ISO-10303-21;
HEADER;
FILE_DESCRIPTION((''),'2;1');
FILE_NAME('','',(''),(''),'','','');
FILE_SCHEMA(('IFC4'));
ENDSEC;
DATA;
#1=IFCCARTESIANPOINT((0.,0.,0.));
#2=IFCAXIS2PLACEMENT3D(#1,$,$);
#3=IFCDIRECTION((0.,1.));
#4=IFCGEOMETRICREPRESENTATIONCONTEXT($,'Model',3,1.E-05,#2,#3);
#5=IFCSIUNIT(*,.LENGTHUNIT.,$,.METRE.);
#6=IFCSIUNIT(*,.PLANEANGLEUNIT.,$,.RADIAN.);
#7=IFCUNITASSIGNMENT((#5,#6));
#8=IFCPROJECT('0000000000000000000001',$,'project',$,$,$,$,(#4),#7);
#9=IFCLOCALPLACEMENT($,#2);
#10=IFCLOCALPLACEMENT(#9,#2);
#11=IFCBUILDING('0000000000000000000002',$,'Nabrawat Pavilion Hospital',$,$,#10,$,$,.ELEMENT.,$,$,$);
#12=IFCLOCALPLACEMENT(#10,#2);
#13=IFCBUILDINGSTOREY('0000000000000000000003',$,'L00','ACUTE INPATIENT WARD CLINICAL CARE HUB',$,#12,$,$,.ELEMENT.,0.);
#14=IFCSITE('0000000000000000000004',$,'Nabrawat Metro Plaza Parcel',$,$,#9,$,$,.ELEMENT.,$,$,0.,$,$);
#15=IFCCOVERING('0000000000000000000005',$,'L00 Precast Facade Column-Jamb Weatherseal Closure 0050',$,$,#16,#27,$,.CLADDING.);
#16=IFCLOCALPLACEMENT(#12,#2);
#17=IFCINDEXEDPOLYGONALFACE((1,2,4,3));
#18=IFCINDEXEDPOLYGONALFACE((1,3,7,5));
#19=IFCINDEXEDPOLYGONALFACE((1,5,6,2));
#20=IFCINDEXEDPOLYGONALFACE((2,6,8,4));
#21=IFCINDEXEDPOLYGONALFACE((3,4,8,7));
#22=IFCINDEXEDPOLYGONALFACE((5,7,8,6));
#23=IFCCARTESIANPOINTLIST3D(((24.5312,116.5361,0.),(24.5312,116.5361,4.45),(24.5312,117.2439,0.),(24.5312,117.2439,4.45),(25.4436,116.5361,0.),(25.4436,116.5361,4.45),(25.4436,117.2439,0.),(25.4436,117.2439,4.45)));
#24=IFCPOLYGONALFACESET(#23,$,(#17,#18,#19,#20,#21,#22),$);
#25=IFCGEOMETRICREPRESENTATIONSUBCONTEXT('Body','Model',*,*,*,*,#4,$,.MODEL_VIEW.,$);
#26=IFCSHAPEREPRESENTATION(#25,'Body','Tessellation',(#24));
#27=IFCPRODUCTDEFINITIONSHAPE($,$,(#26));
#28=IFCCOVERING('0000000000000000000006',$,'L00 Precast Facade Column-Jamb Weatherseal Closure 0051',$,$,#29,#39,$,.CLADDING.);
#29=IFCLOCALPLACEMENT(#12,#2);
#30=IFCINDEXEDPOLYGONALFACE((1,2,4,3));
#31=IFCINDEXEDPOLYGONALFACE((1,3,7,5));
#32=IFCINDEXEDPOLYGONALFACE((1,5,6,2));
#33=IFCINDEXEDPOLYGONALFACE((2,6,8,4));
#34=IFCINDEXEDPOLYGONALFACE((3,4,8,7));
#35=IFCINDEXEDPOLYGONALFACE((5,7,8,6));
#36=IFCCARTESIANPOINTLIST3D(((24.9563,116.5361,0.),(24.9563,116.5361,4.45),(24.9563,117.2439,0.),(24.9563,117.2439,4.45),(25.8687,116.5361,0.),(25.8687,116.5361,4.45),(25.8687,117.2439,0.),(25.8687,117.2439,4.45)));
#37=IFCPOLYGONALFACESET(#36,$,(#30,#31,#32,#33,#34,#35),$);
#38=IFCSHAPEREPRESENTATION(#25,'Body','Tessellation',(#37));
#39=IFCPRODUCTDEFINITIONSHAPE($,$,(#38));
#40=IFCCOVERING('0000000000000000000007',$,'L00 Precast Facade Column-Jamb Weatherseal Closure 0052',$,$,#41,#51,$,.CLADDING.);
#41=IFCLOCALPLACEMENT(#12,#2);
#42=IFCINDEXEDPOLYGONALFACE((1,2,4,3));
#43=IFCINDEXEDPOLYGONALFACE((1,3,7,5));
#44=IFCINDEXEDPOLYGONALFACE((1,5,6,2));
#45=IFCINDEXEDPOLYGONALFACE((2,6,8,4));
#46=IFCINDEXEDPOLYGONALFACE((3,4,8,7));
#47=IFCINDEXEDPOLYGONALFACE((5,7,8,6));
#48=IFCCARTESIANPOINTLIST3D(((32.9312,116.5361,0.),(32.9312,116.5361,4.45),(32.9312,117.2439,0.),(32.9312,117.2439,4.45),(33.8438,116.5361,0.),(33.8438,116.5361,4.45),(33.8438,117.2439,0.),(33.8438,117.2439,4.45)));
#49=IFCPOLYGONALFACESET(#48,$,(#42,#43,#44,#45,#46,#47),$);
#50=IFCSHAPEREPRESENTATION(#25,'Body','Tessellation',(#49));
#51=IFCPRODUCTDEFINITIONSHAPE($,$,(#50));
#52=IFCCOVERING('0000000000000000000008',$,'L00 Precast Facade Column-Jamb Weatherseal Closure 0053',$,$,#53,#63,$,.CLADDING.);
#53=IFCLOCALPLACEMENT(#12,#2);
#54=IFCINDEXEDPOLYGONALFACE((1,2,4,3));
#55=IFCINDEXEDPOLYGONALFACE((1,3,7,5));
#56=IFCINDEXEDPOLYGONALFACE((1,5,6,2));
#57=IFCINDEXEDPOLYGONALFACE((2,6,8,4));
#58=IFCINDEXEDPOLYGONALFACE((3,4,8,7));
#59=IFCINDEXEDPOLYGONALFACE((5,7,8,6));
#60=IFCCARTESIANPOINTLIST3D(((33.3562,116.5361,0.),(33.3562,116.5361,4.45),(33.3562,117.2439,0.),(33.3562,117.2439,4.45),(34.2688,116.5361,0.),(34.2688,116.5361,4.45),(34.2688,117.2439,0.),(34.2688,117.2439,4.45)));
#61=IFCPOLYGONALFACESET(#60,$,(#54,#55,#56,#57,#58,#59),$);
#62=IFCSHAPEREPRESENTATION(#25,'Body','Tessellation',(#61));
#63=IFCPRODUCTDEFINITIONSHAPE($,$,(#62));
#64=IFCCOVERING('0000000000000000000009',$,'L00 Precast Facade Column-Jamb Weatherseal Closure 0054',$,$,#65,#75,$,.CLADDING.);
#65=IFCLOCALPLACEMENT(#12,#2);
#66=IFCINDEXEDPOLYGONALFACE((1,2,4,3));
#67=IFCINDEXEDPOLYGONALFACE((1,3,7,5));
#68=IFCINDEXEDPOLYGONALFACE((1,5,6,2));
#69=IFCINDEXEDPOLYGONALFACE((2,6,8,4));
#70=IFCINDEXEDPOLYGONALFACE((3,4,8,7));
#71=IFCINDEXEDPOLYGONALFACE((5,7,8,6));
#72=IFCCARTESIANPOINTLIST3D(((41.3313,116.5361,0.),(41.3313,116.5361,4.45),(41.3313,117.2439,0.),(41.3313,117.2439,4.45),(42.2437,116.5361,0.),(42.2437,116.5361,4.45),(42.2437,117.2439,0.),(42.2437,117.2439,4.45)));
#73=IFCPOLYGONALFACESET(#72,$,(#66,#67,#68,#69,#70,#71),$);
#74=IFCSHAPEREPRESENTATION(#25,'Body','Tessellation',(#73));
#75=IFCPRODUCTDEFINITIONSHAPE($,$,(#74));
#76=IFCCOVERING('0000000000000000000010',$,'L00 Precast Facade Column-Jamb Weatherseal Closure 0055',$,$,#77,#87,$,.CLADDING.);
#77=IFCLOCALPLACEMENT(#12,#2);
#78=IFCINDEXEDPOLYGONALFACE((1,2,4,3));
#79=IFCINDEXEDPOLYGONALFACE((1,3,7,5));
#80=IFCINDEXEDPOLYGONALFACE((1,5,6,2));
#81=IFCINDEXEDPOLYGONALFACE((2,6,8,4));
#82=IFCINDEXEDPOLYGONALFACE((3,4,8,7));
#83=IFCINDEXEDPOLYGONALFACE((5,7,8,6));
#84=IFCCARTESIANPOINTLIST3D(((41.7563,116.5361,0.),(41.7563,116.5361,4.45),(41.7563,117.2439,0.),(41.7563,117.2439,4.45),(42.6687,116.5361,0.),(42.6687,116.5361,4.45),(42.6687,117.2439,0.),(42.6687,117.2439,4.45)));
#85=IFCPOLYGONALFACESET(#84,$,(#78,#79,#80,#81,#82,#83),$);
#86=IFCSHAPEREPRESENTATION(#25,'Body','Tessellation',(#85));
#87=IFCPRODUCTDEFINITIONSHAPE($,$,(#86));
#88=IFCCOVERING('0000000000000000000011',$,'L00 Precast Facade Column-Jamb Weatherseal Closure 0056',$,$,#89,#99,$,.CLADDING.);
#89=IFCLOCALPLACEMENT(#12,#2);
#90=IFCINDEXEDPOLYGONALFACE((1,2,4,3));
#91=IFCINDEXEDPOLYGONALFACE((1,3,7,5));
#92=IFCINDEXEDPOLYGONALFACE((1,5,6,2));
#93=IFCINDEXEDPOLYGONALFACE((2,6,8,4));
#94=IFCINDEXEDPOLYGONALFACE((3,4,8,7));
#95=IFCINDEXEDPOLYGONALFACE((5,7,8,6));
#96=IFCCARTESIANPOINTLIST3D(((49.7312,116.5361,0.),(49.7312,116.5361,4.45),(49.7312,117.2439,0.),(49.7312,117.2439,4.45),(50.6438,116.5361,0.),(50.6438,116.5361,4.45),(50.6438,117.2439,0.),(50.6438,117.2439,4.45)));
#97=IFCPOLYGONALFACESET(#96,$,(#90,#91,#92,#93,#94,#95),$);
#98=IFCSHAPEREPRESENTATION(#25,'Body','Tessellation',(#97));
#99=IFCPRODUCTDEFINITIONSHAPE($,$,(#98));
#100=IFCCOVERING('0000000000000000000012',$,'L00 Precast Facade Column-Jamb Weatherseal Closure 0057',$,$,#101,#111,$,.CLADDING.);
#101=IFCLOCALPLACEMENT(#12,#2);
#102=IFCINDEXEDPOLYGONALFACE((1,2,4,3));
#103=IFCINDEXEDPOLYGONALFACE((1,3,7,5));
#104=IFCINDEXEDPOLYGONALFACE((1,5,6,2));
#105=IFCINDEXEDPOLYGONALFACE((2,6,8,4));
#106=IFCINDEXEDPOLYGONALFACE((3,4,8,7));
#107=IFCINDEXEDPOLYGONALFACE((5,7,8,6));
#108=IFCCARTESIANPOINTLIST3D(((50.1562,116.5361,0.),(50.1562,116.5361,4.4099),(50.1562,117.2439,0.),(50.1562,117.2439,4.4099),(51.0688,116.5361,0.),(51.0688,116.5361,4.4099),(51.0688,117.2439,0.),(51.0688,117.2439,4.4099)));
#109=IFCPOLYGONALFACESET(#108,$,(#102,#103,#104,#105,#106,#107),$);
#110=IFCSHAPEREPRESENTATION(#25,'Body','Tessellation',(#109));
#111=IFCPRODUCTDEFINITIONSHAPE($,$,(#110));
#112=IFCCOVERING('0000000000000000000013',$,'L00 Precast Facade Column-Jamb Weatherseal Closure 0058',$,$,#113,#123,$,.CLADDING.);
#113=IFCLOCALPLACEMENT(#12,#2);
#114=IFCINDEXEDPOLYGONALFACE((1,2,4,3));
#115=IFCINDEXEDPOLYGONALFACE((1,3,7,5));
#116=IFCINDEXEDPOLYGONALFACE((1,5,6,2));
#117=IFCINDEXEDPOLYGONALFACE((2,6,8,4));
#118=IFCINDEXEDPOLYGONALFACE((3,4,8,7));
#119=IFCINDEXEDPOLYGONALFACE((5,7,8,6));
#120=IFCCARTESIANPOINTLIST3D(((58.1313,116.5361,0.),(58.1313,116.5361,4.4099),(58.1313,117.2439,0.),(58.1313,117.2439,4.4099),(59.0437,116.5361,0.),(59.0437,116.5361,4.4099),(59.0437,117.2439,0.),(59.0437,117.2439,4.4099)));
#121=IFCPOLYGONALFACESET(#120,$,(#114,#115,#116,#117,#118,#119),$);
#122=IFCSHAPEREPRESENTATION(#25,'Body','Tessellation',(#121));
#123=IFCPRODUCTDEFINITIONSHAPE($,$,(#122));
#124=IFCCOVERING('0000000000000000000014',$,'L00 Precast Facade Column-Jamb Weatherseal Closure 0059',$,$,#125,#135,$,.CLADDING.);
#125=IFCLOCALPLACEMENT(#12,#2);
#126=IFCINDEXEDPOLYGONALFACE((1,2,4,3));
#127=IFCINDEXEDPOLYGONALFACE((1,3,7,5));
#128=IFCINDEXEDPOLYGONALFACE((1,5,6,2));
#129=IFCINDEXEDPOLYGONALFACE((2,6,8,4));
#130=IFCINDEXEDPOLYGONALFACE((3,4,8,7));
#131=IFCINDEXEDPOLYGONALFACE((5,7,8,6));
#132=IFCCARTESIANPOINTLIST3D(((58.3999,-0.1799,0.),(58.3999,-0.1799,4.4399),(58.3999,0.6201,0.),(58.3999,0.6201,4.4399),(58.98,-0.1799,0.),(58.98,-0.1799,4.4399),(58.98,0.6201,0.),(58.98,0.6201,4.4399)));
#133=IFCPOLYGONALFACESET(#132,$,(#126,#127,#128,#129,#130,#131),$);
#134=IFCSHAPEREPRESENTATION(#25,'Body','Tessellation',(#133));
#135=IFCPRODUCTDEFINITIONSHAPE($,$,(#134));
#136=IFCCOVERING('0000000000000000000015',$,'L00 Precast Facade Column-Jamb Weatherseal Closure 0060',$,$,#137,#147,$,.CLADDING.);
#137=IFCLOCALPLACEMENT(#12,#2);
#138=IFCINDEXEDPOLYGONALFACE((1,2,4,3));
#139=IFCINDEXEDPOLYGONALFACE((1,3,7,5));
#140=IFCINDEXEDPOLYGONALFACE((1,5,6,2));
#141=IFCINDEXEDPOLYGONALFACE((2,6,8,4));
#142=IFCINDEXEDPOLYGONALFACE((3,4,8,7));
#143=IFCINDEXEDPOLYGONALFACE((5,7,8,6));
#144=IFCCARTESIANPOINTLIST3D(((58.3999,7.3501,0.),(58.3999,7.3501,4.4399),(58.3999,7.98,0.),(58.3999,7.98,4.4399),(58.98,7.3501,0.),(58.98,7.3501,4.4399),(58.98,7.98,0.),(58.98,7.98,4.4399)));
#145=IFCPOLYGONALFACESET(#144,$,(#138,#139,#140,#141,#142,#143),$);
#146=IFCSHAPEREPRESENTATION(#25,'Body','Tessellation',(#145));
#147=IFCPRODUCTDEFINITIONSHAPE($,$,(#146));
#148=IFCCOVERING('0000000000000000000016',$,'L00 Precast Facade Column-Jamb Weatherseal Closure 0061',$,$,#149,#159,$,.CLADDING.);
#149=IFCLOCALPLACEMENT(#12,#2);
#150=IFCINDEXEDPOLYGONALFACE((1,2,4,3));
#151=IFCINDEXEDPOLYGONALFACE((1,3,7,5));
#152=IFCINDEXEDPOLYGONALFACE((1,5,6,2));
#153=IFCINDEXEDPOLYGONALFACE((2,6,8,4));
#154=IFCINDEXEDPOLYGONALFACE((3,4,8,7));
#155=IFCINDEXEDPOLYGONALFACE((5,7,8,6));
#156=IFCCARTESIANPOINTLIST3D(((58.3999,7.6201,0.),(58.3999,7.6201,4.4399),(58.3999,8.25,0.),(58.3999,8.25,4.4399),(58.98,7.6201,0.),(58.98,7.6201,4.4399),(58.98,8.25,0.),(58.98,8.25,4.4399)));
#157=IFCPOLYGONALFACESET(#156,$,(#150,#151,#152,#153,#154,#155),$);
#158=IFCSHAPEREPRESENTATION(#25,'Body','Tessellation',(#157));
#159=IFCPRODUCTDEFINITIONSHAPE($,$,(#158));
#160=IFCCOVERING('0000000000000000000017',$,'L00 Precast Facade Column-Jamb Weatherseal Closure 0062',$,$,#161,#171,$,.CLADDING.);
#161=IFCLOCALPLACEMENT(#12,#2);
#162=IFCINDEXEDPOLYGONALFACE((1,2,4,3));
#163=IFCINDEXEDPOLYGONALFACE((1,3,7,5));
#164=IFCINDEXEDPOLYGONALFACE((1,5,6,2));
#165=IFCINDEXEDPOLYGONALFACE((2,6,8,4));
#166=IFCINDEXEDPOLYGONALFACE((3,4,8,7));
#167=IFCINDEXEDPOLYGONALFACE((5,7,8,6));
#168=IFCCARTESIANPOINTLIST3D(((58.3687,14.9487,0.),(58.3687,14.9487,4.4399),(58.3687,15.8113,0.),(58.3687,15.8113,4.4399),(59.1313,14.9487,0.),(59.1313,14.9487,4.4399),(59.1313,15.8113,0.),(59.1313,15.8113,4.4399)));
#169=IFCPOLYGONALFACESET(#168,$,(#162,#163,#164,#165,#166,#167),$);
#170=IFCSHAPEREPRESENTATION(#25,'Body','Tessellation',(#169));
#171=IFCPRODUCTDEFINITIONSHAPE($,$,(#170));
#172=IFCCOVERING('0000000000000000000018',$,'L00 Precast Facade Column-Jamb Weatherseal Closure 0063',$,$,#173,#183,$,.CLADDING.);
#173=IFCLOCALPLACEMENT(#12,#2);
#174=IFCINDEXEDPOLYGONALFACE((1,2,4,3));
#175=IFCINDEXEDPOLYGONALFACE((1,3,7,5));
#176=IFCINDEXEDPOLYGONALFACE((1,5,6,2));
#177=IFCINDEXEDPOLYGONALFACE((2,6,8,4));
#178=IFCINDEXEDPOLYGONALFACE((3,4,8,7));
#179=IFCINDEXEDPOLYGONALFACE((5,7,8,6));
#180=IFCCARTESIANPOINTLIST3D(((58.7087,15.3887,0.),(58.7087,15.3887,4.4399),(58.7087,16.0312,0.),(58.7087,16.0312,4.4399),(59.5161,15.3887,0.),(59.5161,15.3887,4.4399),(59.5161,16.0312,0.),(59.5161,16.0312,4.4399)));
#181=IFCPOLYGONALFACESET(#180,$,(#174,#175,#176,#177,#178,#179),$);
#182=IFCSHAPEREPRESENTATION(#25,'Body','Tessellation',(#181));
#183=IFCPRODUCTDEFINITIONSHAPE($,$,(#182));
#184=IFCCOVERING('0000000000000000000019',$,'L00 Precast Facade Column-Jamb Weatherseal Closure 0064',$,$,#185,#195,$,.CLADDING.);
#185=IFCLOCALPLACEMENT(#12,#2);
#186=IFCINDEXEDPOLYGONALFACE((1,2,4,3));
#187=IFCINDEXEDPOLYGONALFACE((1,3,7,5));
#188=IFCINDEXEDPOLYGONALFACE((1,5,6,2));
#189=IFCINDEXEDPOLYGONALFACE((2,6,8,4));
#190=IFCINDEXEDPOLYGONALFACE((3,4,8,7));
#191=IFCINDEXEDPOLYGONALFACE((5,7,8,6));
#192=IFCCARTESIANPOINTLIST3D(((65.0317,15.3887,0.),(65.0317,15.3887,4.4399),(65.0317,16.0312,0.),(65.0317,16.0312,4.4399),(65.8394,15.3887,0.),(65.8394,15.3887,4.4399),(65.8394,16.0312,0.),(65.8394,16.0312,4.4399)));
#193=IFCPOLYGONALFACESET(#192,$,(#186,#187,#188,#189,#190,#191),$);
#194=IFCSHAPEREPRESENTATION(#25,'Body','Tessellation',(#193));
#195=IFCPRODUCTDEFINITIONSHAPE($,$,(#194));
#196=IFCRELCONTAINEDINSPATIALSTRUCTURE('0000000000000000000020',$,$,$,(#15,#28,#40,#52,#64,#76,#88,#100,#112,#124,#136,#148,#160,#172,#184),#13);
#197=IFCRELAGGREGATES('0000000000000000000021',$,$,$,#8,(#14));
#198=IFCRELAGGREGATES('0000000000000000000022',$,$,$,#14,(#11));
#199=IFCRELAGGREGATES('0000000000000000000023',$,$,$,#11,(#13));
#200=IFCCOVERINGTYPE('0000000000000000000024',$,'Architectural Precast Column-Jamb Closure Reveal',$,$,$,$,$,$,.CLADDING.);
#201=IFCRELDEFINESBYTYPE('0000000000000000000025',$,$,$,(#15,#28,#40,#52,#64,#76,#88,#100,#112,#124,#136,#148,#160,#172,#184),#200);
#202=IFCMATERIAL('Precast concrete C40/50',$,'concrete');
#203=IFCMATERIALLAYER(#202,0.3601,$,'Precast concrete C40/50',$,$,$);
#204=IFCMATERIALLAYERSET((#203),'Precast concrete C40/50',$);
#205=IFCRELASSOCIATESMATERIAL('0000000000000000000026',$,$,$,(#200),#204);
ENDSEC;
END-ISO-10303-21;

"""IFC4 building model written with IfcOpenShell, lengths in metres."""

from ifc_helpers import new_model, si_unit, direction, origin, place, context, subcontext, project, spatial, polyline, outline, extrude, material, layer, layer_set, type_object, element, save


model = new_model("IFC4")

# Units and contexts
model_context = context("Model", 3, precision=1e-05, world=origin(), true_north=direction((0.0, 1.0)))
body_context = subcontext(model_context, "Body", "Model", "MODEL_VIEW")
ifc_project = project(units=[si_unit("LENGTHUNIT", "METRE"), si_unit("PLANEANGLEUNIT", "RADIAN")], contexts=[model_context])

# Site, building, storey
site_placement = place(None, origin())
site = spatial("IfcSite", under=ifc_project, at=site_placement, Name="Nabrawat Metro Plaza Parcel", CompositionType="ELEMENT", RefElevation=0.0)
building_placement = place(site_placement, origin())
building = spatial("IfcBuilding", under=site, at=building_placement, Name="Nabrawat Pavilion Hospital", CompositionType="ELEMENT")
storey_placement = place(building_placement, origin())
storey = spatial("IfcBuildingStorey", under=building, at=storey_placement, Name="L00", Description="ACUTE INPATIENT WARD CLINICAL CARE HUB", CompositionType="ELEMENT", Elevation=0.0)

# Coverings
ifc_material = material(Name="Precast concrete C40/50", Category="concrete")
ifc_layer = layer(ifc_material, 0.3601, Name="Precast concrete C40/50")
ifc_layer_set = layer_set([ifc_layer], Name="Precast concrete C40/50")
covering_type = type_object("IfcCoveringType", Name="Architectural Precast Column-Jamb Closure Reveal", PredefinedType="CLADDING", material=ifc_layer_set)
covering_1_placement = place(storey_placement, origin())
element("IfcCovering", 1, at=covering_1_placement, inside=storey, type_object=covering_type, Name="L00 Precast Facade Column-Jamb Weatherseal Closure 0050", PredefinedType="CLADDING", context=body_context, shape_type="SweptSolid", body=[
    extrude(outline(polyline([(25.4436, 116.5361), (25.4436, 117.2439), (24.5312, 117.2439), (24.5312, 116.5361), (25.4436, 116.5361)])), origin(), (0.0, 0.0, 1.0), 4.45),
])
covering_2_placement = place(storey_placement, origin())
element("IfcCovering", 2, at=covering_2_placement, inside=storey, type_object=covering_type, Name="L00 Precast Facade Column-Jamb Weatherseal Closure 0051", PredefinedType="CLADDING", context=body_context, shape_type="SweptSolid", body=[
    extrude(outline(polyline([(25.8687, 116.5361), (25.8687, 117.2439), (24.9563, 117.2439), (24.9563, 116.5361), (25.8687, 116.5361)])), origin(), (0.0, 0.0, 1.0), 4.45),
])
covering_3_placement = place(storey_placement, origin())
element("IfcCovering", 3, at=covering_3_placement, inside=storey, type_object=covering_type, Name="L00 Precast Facade Column-Jamb Weatherseal Closure 0052", PredefinedType="CLADDING", context=body_context, shape_type="SweptSolid", body=[
    extrude(outline(polyline([(33.8438, 116.5361), (33.8438, 117.2439), (32.9312, 117.2439), (32.9312, 116.5361), (33.8438, 116.5361)])), origin(), (0.0, 0.0, 1.0), 4.45),
])
covering_4_placement = place(storey_placement, origin())
element("IfcCovering", 4, at=covering_4_placement, inside=storey, type_object=covering_type, Name="L00 Precast Facade Column-Jamb Weatherseal Closure 0053", PredefinedType="CLADDING", context=body_context, shape_type="SweptSolid", body=[
    extrude(outline(polyline([(34.2688, 116.5361), (34.2688, 117.2439), (33.3562, 117.2439), (33.3562, 116.5361), (34.2688, 116.5361)])), origin(), (0.0, 0.0, 1.0), 4.45),
])
covering_5_placement = place(storey_placement, origin())
element("IfcCovering", 5, at=covering_5_placement, inside=storey, type_object=covering_type, Name="L00 Precast Facade Column-Jamb Weatherseal Closure 0054", PredefinedType="CLADDING", context=body_context, shape_type="SweptSolid", body=[
    extrude(outline(polyline([(42.2437, 116.5361), (42.2437, 117.2439), (41.3313, 117.2439), (41.3313, 116.5361), (42.2437, 116.5361)])), origin(), (0.0, 0.0, 1.0), 4.45),
])
covering_6_placement = place(storey_placement, origin())
element("IfcCovering", 6, at=covering_6_placement, inside=storey, type_object=covering_type, Name="L00 Precast Facade Column-Jamb Weatherseal Closure 0055", PredefinedType="CLADDING", context=body_context, shape_type="SweptSolid", body=[
    extrude(outline(polyline([(42.6687, 116.5361), (42.6687, 117.2439), (41.7563, 117.2439), (41.7563, 116.5361), (42.6687, 116.5361)])), origin(), (0.0, 0.0, 1.0), 4.45),
])
covering_7_placement = place(storey_placement, origin())
element("IfcCovering", 7, at=covering_7_placement, inside=storey, type_object=covering_type, Name="L00 Precast Facade Column-Jamb Weatherseal Closure 0056", PredefinedType="CLADDING", context=body_context, shape_type="SweptSolid", body=[
    extrude(outline(polyline([(50.6438, 116.5361), (50.6438, 117.2439), (49.7312, 117.2439), (49.7312, 116.5361), (50.6438, 116.5361)])), origin(), (0.0, 0.0, 1.0), 4.45),
])
covering_8_placement = place(storey_placement, origin())
element("IfcCovering", 8, at=covering_8_placement, inside=storey, type_object=covering_type, Name="L00 Precast Facade Column-Jamb Weatherseal Closure 0057", PredefinedType="CLADDING", context=body_context, shape_type="SweptSolid", body=[
    extrude(outline(polyline([(51.0688, 116.5361), (51.0688, 117.2439), (50.1562, 117.2439), (50.1562, 116.5361), (51.0688, 116.5361)])), origin(), (0.0, 0.0, 1.0), 4.4099),
])
covering_9_placement = place(storey_placement, origin())
element("IfcCovering", 9, at=covering_9_placement, inside=storey, type_object=covering_type, Name="L00 Precast Facade Column-Jamb Weatherseal Closure 0058", PredefinedType="CLADDING", context=body_context, shape_type="SweptSolid", body=[
    extrude(outline(polyline([(59.0437, 116.5361), (59.0437, 117.2439), (58.1313, 117.2439), (58.1313, 116.5361), (59.0437, 116.5361)])), origin(), (0.0, 0.0, 1.0), 4.4099),
])
covering_10_placement = place(storey_placement, origin())
element("IfcCovering", 10, at=covering_10_placement, inside=storey, type_object=covering_type, Name="L00 Precast Facade Column-Jamb Weatherseal Closure 0059", PredefinedType="CLADDING", context=body_context, shape_type="SweptSolid", body=[
    extrude(outline(polyline([(58.98, -0.1799), (58.98, 0.6201), (58.3999, 0.6201), (58.3999, -0.1799), (58.98, -0.1799)])), origin(), (0.0, 0.0, 1.0), 4.4399),
])
covering_11_placement = place(storey_placement, origin())
element("IfcCovering", 11, at=covering_11_placement, inside=storey, type_object=covering_type, Name="L00 Precast Facade Column-Jamb Weatherseal Closure 0060", PredefinedType="CLADDING", context=body_context, shape_type="SweptSolid", body=[
    extrude(outline(polyline([(58.98, 7.3501), (58.98, 7.98), (58.3999, 7.98), (58.3999, 7.3501), (58.98, 7.3501)])), origin(), (0.0, 0.0, 1.0), 4.4399),
])
covering_12_placement = place(storey_placement, origin())
element("IfcCovering", 12, at=covering_12_placement, inside=storey, type_object=covering_type, Name="L00 Precast Facade Column-Jamb Weatherseal Closure 0061", PredefinedType="CLADDING", context=body_context, shape_type="SweptSolid", body=[
    extrude(outline(polyline([(58.98, 7.6201), (58.98, 8.25), (58.3999, 8.25), (58.3999, 7.6201), (58.98, 7.6201)])), origin(), (0.0, 0.0, 1.0), 4.4399),
])
covering_13_placement = place(storey_placement, origin())
element("IfcCovering", 13, at=covering_13_placement, inside=storey, type_object=covering_type, Name="L00 Precast Facade Column-Jamb Weatherseal Closure 0062", PredefinedType="CLADDING", context=body_context, shape_type="SweptSolid", body=[
    extrude(outline(polyline([(59.1313, 14.9487), (59.1313, 15.8113), (58.3687, 15.8113), (58.3687, 14.9487), (59.1313, 14.9487)])), origin(), (0.0, 0.0, 1.0), 4.4399),
])
covering_14_placement = place(storey_placement, origin())
element("IfcCovering", 14, at=covering_14_placement, inside=storey, type_object=covering_type, Name="L00 Precast Facade Column-Jamb Weatherseal Closure 0063", PredefinedType="CLADDING", context=body_context, shape_type="SweptSolid", body=[
    extrude(outline(polyline([(59.5161, 15.3887), (59.5161, 16.0312), (58.7087, 16.0312), (58.7087, 15.3887), (59.5161, 15.3887)])), origin(), (0.0, 0.0, 1.0), 4.4399),
])
covering_15_placement = place(storey_placement, origin())
element("IfcCovering", 15, at=covering_15_placement, inside=storey, type_object=covering_type, Name="L00 Precast Facade Column-Jamb Weatherseal Closure 0064", PredefinedType="CLADDING", context=body_context, shape_type="SweptSolid", body=[
    extrude(outline(polyline([(65.8394, 15.3887), (65.8394, 16.0312), (65.0317, 16.0312), (65.0317, 15.3887), (65.8394, 15.3887)])), origin(), (0.0, 0.0, 1.0), 4.4399),
])

save(model, "model.ifc")
